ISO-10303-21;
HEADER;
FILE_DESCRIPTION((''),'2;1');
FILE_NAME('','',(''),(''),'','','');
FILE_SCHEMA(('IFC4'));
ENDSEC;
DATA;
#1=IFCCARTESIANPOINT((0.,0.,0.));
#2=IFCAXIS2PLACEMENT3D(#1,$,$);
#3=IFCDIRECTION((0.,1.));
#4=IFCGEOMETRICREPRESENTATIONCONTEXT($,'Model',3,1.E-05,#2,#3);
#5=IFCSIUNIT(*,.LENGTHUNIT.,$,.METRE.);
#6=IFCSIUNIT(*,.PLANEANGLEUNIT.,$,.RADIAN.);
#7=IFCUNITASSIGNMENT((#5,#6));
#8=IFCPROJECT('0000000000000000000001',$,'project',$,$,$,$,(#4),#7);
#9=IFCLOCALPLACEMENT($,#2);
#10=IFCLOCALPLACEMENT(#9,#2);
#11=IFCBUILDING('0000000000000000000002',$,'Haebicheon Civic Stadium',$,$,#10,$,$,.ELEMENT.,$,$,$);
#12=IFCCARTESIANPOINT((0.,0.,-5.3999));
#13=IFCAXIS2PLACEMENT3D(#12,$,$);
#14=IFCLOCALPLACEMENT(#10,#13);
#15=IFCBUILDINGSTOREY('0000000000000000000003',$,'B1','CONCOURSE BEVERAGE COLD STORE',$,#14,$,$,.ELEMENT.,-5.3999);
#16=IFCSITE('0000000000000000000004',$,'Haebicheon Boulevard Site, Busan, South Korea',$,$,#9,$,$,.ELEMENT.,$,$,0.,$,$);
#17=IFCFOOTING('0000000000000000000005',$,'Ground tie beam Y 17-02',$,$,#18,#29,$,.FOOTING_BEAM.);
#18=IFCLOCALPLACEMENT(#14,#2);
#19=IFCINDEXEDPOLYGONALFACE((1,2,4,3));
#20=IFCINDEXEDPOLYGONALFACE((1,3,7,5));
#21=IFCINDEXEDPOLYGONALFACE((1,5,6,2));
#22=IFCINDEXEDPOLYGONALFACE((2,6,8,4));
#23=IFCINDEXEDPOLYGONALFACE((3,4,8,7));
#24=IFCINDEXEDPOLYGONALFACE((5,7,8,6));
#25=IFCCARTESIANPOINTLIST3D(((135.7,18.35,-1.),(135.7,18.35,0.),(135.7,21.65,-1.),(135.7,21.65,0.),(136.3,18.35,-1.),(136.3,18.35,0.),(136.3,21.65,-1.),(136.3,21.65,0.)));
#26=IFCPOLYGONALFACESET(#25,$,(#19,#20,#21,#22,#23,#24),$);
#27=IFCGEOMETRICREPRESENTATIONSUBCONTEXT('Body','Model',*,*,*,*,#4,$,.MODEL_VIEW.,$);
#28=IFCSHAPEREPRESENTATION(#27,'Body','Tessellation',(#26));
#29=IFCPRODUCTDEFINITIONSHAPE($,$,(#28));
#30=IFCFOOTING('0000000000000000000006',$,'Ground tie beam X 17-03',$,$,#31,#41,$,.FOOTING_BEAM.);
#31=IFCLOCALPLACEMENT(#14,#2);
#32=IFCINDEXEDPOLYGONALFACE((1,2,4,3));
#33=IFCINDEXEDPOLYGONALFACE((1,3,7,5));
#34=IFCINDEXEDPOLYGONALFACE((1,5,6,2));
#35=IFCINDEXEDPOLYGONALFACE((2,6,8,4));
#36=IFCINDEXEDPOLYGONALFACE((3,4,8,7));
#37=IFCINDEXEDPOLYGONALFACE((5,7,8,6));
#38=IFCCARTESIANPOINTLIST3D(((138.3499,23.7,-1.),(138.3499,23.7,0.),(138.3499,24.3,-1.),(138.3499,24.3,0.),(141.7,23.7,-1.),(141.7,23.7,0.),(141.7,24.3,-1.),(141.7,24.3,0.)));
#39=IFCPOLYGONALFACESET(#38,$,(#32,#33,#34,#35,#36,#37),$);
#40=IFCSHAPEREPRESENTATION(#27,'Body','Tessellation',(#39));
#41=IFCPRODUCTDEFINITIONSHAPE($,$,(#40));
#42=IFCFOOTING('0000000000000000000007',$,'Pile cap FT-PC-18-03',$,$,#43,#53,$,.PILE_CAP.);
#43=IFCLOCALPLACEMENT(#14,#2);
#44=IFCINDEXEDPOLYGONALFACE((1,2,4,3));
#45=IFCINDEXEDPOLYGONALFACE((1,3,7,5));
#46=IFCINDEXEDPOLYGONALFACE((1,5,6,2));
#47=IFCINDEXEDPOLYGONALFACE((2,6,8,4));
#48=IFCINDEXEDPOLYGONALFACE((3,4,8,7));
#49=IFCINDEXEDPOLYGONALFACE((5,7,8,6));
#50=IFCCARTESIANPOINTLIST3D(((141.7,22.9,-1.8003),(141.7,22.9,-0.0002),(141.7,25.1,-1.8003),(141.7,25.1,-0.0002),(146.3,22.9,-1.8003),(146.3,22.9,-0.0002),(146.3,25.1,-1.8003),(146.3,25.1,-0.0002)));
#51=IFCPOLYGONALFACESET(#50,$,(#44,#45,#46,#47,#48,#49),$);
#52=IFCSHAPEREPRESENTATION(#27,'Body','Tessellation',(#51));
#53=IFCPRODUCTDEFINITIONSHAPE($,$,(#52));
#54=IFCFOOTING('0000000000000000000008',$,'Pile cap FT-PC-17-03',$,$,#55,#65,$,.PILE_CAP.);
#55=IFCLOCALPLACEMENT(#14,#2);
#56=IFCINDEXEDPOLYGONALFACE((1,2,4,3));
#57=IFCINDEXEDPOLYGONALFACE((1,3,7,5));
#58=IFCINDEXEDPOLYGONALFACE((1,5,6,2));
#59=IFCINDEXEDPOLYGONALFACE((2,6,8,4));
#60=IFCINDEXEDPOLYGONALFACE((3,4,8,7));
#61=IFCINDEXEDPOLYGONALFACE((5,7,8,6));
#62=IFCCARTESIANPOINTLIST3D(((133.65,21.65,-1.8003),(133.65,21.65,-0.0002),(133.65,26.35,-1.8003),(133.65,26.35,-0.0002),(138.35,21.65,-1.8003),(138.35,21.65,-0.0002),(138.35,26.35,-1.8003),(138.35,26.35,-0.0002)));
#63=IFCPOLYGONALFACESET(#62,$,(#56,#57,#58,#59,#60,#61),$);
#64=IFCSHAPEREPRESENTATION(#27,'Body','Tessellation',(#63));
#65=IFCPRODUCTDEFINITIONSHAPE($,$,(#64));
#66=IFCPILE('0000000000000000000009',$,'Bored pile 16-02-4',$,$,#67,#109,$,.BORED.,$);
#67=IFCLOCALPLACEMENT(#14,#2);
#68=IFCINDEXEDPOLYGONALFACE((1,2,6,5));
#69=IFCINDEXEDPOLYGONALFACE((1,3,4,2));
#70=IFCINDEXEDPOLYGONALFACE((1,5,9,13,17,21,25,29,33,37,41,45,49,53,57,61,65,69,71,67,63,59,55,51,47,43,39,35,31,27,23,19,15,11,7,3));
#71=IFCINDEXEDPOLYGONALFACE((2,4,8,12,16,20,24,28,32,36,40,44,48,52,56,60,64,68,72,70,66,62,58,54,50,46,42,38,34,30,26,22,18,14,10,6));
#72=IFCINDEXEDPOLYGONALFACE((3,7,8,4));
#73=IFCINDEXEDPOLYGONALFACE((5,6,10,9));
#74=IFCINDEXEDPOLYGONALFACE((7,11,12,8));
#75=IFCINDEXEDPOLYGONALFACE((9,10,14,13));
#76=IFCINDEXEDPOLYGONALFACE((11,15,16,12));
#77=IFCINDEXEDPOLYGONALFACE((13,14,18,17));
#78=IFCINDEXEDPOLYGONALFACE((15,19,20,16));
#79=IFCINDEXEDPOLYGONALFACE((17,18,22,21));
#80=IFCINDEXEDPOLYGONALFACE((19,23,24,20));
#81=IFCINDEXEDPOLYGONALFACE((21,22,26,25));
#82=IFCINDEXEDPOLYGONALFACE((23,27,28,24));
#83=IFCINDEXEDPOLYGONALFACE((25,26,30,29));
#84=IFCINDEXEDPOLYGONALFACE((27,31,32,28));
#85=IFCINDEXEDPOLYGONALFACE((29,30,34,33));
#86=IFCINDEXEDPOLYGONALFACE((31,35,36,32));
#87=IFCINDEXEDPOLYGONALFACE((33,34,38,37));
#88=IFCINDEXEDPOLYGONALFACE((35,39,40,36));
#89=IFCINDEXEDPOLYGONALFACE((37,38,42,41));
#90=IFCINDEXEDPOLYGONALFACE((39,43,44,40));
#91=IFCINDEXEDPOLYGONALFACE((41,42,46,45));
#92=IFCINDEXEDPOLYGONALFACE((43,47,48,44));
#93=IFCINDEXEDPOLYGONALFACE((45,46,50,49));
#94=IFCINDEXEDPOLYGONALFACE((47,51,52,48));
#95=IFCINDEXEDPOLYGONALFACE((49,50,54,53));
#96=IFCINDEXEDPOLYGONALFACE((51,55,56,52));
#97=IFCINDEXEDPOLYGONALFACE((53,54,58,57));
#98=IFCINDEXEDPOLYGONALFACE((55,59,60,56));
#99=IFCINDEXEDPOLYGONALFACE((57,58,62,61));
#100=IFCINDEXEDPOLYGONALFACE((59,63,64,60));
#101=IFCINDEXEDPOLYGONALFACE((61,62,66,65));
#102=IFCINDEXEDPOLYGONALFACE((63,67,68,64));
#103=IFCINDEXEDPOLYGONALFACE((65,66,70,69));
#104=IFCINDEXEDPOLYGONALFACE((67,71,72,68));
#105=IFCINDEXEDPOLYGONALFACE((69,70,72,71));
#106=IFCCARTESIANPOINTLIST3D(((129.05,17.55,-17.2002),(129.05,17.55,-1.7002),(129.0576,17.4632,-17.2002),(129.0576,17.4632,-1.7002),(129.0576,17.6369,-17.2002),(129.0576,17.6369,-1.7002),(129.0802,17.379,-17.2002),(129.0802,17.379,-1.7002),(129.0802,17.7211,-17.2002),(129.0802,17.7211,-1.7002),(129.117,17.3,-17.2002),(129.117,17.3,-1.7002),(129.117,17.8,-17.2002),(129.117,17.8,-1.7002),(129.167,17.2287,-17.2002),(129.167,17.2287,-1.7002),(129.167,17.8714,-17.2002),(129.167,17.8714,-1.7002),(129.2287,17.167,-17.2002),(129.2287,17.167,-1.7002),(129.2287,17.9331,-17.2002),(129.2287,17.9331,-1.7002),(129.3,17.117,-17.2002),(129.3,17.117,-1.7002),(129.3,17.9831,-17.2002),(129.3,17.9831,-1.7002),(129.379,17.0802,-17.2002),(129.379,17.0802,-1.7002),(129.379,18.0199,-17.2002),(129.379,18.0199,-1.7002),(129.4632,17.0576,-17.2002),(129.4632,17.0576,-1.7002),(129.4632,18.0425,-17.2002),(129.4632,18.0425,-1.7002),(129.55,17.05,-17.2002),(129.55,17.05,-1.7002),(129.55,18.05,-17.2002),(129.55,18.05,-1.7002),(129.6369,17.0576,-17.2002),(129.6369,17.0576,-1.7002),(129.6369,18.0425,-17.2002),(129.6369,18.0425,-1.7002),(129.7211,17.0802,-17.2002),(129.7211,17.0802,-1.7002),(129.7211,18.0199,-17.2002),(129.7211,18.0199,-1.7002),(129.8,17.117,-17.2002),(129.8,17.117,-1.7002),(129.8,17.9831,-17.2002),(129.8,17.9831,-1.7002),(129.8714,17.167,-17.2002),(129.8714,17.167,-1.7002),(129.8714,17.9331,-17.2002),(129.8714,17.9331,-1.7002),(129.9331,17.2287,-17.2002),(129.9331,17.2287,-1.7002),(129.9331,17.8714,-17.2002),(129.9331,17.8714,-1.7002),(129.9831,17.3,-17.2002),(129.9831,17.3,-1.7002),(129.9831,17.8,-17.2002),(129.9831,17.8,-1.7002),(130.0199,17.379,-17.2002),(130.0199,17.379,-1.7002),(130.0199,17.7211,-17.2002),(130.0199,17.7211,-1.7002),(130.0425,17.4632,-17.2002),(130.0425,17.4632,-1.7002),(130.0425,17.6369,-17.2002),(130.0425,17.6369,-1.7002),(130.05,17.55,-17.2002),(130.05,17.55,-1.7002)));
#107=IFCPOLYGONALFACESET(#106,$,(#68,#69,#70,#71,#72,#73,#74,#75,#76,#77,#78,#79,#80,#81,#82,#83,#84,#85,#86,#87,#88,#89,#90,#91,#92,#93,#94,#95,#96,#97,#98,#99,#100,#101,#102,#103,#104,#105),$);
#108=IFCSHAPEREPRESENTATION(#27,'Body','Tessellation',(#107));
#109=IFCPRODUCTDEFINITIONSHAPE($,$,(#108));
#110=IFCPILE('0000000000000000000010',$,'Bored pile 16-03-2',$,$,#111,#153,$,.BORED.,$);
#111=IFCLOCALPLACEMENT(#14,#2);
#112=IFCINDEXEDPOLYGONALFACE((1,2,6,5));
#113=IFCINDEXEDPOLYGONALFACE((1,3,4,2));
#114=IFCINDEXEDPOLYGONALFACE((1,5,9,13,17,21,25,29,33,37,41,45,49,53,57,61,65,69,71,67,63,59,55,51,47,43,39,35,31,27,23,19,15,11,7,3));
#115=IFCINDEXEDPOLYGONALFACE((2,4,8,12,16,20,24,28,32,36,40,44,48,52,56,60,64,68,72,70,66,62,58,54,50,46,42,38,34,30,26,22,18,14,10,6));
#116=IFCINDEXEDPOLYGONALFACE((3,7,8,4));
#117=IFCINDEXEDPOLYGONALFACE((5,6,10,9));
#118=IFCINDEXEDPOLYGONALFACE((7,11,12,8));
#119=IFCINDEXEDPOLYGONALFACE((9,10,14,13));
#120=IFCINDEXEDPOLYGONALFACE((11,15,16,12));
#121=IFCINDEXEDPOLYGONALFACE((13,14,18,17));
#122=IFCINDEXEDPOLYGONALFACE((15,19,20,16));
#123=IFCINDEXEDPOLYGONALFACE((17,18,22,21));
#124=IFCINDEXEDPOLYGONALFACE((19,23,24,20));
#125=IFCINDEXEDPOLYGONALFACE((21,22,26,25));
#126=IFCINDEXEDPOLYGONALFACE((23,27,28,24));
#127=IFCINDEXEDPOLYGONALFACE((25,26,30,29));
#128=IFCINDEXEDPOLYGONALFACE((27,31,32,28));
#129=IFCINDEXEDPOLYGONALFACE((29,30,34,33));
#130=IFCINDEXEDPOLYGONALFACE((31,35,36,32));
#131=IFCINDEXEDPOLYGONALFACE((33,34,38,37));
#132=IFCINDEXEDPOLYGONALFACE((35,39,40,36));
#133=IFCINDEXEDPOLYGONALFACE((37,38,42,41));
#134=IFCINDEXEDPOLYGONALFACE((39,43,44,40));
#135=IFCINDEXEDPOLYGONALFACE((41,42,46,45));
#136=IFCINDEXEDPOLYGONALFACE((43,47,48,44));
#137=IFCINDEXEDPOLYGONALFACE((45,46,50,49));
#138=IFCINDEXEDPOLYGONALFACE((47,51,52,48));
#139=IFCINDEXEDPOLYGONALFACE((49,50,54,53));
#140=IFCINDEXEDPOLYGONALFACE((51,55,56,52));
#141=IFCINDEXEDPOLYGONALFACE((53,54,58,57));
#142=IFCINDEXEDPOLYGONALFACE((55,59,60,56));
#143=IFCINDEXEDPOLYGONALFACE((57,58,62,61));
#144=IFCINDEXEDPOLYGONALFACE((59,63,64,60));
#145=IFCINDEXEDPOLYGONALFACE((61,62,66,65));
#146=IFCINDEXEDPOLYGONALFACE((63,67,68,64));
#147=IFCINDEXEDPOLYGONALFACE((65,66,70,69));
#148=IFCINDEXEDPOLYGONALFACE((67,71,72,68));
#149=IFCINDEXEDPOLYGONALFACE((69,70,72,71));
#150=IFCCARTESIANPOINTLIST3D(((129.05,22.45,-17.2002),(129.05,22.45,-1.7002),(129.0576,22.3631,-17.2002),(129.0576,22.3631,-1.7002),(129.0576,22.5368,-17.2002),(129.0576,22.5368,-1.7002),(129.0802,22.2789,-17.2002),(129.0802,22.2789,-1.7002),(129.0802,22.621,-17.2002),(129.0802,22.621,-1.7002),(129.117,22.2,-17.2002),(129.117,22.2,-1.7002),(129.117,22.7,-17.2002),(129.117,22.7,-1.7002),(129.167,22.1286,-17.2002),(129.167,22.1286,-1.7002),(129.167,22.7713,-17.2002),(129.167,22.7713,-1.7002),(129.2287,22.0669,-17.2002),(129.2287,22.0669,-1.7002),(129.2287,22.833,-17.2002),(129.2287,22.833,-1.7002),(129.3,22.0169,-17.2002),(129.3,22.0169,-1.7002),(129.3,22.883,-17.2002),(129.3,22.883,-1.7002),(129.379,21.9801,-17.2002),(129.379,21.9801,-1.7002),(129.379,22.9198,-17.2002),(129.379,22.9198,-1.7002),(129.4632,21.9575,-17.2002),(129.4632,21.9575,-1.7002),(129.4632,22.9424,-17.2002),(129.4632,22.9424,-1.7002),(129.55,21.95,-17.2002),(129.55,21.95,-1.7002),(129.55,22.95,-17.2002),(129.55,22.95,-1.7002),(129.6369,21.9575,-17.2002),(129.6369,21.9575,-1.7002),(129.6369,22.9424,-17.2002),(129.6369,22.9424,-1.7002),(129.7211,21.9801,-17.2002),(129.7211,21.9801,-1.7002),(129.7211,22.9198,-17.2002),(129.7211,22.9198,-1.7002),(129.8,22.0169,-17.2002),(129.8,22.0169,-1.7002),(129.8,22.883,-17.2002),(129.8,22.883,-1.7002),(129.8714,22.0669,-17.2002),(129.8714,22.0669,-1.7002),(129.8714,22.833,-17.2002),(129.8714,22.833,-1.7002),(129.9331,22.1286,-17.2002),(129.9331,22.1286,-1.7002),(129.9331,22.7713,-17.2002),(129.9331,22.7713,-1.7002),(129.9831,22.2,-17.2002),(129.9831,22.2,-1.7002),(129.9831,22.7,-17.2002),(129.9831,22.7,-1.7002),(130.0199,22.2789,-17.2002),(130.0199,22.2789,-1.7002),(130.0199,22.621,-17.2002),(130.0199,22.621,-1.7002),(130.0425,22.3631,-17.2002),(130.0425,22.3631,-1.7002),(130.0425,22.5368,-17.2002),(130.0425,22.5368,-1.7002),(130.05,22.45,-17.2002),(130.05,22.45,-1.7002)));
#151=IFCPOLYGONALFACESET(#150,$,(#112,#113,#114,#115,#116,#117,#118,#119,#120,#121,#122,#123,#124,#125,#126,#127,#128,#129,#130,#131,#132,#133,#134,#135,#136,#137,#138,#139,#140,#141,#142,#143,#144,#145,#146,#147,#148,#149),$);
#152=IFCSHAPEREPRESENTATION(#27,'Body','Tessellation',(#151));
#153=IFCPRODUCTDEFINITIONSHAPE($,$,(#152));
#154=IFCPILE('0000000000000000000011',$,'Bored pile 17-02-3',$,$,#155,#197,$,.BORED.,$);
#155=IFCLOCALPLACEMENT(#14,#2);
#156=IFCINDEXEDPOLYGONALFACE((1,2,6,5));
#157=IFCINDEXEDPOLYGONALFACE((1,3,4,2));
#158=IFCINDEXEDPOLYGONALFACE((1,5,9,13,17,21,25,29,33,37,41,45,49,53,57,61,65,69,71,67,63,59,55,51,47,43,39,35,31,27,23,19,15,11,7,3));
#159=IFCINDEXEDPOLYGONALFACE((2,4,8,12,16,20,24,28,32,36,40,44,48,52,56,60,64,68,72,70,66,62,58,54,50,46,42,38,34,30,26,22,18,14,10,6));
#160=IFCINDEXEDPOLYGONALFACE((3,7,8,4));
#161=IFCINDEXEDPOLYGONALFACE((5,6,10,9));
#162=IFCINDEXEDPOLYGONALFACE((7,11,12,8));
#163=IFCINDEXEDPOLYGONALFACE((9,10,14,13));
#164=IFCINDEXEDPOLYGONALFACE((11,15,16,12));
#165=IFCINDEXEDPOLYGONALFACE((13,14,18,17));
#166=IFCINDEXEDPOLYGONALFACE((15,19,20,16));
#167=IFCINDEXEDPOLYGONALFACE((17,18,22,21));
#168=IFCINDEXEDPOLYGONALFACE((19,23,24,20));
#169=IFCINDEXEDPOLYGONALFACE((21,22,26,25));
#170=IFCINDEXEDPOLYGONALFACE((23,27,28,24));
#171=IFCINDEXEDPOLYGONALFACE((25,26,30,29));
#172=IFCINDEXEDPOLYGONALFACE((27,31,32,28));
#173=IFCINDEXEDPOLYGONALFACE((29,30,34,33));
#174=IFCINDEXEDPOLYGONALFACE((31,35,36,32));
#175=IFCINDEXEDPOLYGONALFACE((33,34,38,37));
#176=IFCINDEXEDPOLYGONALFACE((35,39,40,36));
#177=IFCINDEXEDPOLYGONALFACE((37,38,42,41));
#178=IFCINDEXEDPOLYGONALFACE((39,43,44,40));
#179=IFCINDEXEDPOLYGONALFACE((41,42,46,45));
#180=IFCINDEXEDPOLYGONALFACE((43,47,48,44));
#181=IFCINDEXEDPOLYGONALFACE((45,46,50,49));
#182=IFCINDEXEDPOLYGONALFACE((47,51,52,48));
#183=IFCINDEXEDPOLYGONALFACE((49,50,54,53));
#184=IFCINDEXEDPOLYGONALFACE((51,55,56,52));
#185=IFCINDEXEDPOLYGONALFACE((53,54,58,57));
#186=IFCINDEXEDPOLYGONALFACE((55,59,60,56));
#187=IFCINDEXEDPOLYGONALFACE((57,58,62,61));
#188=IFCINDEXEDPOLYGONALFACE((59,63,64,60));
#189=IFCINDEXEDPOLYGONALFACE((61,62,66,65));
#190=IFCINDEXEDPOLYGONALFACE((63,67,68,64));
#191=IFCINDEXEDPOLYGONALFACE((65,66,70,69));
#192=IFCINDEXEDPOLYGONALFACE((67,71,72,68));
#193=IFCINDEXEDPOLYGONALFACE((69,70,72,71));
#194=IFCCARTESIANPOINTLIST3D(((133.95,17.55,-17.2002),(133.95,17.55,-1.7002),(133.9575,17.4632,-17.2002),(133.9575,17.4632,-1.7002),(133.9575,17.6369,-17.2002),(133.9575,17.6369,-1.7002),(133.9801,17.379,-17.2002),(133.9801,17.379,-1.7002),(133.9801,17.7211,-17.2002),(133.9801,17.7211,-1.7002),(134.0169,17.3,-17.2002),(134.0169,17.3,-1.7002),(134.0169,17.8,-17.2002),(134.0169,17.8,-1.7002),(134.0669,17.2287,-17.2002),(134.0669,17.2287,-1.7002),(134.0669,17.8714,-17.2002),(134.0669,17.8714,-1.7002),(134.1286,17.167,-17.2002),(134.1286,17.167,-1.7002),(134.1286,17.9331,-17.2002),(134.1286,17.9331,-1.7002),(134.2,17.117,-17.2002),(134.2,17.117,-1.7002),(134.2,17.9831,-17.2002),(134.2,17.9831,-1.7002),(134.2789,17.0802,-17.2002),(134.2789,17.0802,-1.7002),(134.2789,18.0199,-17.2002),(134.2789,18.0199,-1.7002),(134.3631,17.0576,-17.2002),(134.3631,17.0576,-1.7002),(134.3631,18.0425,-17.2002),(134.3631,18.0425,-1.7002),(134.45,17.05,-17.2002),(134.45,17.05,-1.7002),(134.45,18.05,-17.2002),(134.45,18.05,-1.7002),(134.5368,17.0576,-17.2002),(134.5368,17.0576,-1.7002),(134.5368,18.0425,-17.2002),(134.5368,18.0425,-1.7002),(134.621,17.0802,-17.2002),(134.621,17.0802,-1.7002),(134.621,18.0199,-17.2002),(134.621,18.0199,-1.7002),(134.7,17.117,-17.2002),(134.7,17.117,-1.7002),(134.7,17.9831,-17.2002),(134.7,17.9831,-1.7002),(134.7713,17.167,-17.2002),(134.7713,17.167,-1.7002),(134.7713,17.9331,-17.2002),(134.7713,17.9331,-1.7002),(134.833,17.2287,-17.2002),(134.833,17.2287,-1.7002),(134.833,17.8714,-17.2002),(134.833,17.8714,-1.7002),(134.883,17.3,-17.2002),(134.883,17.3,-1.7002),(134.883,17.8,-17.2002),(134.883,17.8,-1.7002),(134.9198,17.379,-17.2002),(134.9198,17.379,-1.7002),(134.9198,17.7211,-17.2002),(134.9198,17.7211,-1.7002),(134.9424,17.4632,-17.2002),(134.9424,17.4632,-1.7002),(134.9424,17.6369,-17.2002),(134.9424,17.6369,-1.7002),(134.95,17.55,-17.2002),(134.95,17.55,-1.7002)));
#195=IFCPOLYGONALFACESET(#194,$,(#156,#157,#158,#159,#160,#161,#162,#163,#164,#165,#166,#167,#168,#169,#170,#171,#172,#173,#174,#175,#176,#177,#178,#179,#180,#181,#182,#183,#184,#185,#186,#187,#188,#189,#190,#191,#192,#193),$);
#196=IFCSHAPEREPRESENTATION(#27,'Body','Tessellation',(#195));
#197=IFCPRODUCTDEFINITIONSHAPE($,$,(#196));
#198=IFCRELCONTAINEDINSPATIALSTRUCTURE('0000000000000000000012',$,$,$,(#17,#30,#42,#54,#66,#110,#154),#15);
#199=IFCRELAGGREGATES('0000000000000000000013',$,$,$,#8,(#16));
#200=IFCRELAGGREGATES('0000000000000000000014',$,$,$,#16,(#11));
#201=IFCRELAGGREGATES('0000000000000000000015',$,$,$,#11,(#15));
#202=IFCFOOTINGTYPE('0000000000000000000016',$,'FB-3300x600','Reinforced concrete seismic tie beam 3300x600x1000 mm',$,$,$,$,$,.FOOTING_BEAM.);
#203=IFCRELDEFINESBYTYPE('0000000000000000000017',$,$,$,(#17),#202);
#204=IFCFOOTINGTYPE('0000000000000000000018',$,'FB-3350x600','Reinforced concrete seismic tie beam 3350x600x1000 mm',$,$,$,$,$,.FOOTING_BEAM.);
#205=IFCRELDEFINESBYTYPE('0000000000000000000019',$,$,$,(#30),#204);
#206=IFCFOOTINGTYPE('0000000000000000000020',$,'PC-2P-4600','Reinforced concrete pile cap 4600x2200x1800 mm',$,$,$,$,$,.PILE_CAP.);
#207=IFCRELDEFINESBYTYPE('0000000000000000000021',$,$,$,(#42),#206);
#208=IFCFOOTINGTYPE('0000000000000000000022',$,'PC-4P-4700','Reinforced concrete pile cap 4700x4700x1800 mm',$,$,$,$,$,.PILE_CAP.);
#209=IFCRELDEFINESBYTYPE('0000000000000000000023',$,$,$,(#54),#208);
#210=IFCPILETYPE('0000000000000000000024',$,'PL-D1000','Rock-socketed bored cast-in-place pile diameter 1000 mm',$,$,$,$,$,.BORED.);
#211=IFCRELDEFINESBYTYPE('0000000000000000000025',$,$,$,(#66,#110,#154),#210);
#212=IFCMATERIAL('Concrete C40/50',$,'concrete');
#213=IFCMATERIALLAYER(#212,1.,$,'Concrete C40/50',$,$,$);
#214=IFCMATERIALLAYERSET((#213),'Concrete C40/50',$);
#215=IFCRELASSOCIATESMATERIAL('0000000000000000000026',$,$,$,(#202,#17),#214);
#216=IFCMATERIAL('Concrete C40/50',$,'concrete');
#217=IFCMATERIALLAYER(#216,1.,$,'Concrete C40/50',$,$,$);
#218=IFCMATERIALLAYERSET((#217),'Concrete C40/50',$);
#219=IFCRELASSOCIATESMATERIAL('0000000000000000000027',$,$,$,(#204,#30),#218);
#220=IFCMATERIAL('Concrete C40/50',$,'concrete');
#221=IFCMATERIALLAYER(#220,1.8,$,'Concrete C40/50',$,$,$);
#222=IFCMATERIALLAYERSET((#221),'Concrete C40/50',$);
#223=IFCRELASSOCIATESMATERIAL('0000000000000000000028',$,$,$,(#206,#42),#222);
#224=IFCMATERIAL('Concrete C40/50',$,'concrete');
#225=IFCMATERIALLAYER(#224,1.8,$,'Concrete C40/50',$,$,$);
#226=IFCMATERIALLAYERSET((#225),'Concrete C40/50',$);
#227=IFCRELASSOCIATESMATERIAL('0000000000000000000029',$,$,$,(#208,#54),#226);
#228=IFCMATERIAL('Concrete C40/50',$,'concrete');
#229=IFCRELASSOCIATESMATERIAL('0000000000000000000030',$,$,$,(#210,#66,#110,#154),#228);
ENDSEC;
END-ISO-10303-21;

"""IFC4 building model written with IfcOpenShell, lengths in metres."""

from ifc_helpers import new_model, si_unit, direction, frame, origin, origin_2d, place, context, subcontext, project, spatial, rectangle, circle, extrude, material, layer, layer_set, material_profile, profile_set, type_object, element, save


model = new_model("IFC4")

# Units and contexts
model_context = context("Model", 3, precision=1e-05, world=origin(), true_north=direction((0.0, 1.0)))
body_context = subcontext(model_context, "Body", "Model", "MODEL_VIEW")
ifc_project = project(units=[si_unit("LENGTHUNIT", "METRE"), si_unit("PLANEANGLEUNIT", "RADIAN")], contexts=[model_context])

# Site, building, storey
site_placement = place(None, origin())
site = spatial("IfcSite", under=ifc_project, at=site_placement, Name="Haebicheon Boulevard Site, Busan, South Korea", CompositionType="ELEMENT", RefElevation=0.0)
building_placement = place(site_placement, origin())
building = spatial("IfcBuilding", under=site, at=building_placement, Name="Haebicheon Civic Stadium", CompositionType="ELEMENT")
storey_placement = place(building_placement, frame((0.0, 0.0, -5.3999)))
storey = spatial("IfcBuildingStorey", under=building, at=storey_placement, Name="B1", Description="CONCOURSE BEVERAGE COLD STORE", CompositionType="ELEMENT", Elevation=-5.3999)

# Footings
ifc_material_1 = material(Name="Concrete C40/50", Category="concrete")
ifc_layer_1 = layer(ifc_material_1, 1.0, Name="Concrete C40/50")
ifc_layer_set_1 = layer_set([ifc_layer_1], Name="Concrete C40/50")
footing_type_1 = type_object("IfcFootingType", Name="FB-3300x600", Description="Reinforced concrete seismic tie beam 3300x600x1000 mm", PredefinedType="FOOTING_BEAM", material=ifc_layer_set_1)
footing_1_placement = place(storey_placement, frame((136.0, 20.0, -1.0), z_axis=(0.0, 0.0, 1.0), x_axis=(0.0, 1.0, 0.0)))
element("IfcFooting", 1, at=footing_1_placement, inside=storey, type_object=footing_type_1, material=ifc_layer_set_1, Name="Ground tie beam Y 17-02", PredefinedType="FOOTING_BEAM", context=body_context, shape_type="SweptSolid", body=[
    extrude(rectangle(XDim=3.3, YDim=0.6001, at=origin_2d()), origin(), (0.0, 0.0, 1.0), 1.0),
])
ifc_material_2 = material(Name="Concrete C40/50", Category="concrete")
ifc_layer_2 = layer(ifc_material_2, 1.0, Name="Concrete C40/50")
ifc_layer_set_2 = layer_set([ifc_layer_2], Name="Concrete C40/50")
footing_type_2 = type_object("IfcFootingType", Name="FB-3350x600", Description="Reinforced concrete seismic tie beam 3350x600x1000 mm", PredefinedType="FOOTING_BEAM", material=ifc_layer_set_2)
footing_2_placement = place(storey_placement, frame((140.0249, 24.0, -1.0), z_axis=(0.0, 0.0, 1.0), x_axis=(1.0, 0.0, 0.0)))
element("IfcFooting", 2, at=footing_2_placement, inside=storey, type_object=footing_type_2, material=ifc_layer_set_2, Name="Ground tie beam X 17-03", PredefinedType="FOOTING_BEAM", context=body_context, shape_type="SweptSolid", body=[
    extrude(rectangle(XDim=3.3501, YDim=0.6001, at=origin_2d()), origin(), (0.0, 0.0, 1.0), 1.0),
])
ifc_material_3 = material(Name="Concrete C40/50", Category="concrete")
ifc_layer_3 = layer(ifc_material_3, 1.8, Name="Concrete C40/50")
ifc_layer_set_3 = layer_set([ifc_layer_3], Name="Concrete C40/50")
footing_type_3 = type_object("IfcFootingType", Name="PC-2P-4600", Description="Reinforced concrete pile cap 4600x2200x1800 mm", PredefinedType="PILE_CAP", material=ifc_layer_set_3)
footing_3_placement = place(storey_placement, frame((144.0, 24.0, -1.8003), z_axis=(0.0, 0.0, 1.0), x_axis=(1.0, 0.0, 0.0)))
element("IfcFooting", 3, at=footing_3_placement, inside=storey, type_object=footing_type_3, material=ifc_layer_set_3, Name="Pile cap FT-PC-18-03", PredefinedType="PILE_CAP", context=body_context, shape_type="SweptSolid", body=[
    extrude(rectangle(XDim=4.6001, YDim=2.2, at=origin_2d()), origin(), (0.0, 0.0, 1.0), 1.8),
])
ifc_material_4 = material(Name="Concrete C40/50", Category="concrete")
ifc_layer_4 = layer(ifc_material_4, 1.8, Name="Concrete C40/50")
ifc_layer_set_4 = layer_set([ifc_layer_4], Name="Concrete C40/50")
footing_type_4 = type_object("IfcFootingType", Name="PC-4P-4700", Description="Reinforced concrete pile cap 4700x4700x1800 mm", PredefinedType="PILE_CAP", material=ifc_layer_set_4)
footing_4_placement = place(storey_placement, frame((136.0, 24.0, -1.8003), z_axis=(0.0, 0.0, 1.0), x_axis=(1.0, 0.0, 0.0)))
element("IfcFooting", 4, at=footing_4_placement, inside=storey, type_object=footing_type_4, material=ifc_layer_set_4, Name="Pile cap FT-PC-17-03", PredefinedType="PILE_CAP", context=body_context, shape_type="SweptSolid", body=[
    extrude(rectangle(XDim=4.7, YDim=4.7, at=origin_2d()), origin(), (0.0, 0.0, 1.0), 1.8),
])

# Piles
ifc_material_5 = material(Name="Concrete C40/50", Category="concrete")
ifc_material_profile_1 = material_profile(ifc_material_5, circle(Radius=0.5, at=origin_2d()), Name="PILE-D1000")
ifc_profile_set_1 = profile_set([ifc_material_profile_1], Name="Concrete C40/50")
pile_type = type_object("IfcPileType", Name="PL-D1000", Description="Rock-socketed bored cast-in-place pile diameter 1000 mm", PredefinedType="BORED", material=ifc_profile_set_1)
for number, where, z_axis, x_axis, name in (
    (5, (129.55, 17.55, -1.7002), (0.0, 0.0, -1.0), (1.0, 0.0, 0.0), "Bored pile 16-02-4"),
    (6, (129.55, 22.45, -1.7002), (0.0, 0.0, -1.0), (1.0, 0.0, 0.0), "Bored pile 16-03-2"),
    (7, (134.45, 17.55, -1.7002), (0.0, 0.0, -1.0), (1.0, 0.0, 0.0), "Bored pile 17-02-3"),
):
    element("IfcPile", number, at=place(storey_placement, frame(where, z_axis=z_axis, x_axis=x_axis)), inside=storey, type_object=pile_type, material=ifc_profile_set_1, Name=name, PredefinedType="BORED", context=body_context, shape_type="SweptSolid", body=[
        extrude(circle(Radius=0.5, at=origin_2d()), origin(), (0.0, 0.0, 1.0), 15.5),
    ])

save(model, "model.ifc")
